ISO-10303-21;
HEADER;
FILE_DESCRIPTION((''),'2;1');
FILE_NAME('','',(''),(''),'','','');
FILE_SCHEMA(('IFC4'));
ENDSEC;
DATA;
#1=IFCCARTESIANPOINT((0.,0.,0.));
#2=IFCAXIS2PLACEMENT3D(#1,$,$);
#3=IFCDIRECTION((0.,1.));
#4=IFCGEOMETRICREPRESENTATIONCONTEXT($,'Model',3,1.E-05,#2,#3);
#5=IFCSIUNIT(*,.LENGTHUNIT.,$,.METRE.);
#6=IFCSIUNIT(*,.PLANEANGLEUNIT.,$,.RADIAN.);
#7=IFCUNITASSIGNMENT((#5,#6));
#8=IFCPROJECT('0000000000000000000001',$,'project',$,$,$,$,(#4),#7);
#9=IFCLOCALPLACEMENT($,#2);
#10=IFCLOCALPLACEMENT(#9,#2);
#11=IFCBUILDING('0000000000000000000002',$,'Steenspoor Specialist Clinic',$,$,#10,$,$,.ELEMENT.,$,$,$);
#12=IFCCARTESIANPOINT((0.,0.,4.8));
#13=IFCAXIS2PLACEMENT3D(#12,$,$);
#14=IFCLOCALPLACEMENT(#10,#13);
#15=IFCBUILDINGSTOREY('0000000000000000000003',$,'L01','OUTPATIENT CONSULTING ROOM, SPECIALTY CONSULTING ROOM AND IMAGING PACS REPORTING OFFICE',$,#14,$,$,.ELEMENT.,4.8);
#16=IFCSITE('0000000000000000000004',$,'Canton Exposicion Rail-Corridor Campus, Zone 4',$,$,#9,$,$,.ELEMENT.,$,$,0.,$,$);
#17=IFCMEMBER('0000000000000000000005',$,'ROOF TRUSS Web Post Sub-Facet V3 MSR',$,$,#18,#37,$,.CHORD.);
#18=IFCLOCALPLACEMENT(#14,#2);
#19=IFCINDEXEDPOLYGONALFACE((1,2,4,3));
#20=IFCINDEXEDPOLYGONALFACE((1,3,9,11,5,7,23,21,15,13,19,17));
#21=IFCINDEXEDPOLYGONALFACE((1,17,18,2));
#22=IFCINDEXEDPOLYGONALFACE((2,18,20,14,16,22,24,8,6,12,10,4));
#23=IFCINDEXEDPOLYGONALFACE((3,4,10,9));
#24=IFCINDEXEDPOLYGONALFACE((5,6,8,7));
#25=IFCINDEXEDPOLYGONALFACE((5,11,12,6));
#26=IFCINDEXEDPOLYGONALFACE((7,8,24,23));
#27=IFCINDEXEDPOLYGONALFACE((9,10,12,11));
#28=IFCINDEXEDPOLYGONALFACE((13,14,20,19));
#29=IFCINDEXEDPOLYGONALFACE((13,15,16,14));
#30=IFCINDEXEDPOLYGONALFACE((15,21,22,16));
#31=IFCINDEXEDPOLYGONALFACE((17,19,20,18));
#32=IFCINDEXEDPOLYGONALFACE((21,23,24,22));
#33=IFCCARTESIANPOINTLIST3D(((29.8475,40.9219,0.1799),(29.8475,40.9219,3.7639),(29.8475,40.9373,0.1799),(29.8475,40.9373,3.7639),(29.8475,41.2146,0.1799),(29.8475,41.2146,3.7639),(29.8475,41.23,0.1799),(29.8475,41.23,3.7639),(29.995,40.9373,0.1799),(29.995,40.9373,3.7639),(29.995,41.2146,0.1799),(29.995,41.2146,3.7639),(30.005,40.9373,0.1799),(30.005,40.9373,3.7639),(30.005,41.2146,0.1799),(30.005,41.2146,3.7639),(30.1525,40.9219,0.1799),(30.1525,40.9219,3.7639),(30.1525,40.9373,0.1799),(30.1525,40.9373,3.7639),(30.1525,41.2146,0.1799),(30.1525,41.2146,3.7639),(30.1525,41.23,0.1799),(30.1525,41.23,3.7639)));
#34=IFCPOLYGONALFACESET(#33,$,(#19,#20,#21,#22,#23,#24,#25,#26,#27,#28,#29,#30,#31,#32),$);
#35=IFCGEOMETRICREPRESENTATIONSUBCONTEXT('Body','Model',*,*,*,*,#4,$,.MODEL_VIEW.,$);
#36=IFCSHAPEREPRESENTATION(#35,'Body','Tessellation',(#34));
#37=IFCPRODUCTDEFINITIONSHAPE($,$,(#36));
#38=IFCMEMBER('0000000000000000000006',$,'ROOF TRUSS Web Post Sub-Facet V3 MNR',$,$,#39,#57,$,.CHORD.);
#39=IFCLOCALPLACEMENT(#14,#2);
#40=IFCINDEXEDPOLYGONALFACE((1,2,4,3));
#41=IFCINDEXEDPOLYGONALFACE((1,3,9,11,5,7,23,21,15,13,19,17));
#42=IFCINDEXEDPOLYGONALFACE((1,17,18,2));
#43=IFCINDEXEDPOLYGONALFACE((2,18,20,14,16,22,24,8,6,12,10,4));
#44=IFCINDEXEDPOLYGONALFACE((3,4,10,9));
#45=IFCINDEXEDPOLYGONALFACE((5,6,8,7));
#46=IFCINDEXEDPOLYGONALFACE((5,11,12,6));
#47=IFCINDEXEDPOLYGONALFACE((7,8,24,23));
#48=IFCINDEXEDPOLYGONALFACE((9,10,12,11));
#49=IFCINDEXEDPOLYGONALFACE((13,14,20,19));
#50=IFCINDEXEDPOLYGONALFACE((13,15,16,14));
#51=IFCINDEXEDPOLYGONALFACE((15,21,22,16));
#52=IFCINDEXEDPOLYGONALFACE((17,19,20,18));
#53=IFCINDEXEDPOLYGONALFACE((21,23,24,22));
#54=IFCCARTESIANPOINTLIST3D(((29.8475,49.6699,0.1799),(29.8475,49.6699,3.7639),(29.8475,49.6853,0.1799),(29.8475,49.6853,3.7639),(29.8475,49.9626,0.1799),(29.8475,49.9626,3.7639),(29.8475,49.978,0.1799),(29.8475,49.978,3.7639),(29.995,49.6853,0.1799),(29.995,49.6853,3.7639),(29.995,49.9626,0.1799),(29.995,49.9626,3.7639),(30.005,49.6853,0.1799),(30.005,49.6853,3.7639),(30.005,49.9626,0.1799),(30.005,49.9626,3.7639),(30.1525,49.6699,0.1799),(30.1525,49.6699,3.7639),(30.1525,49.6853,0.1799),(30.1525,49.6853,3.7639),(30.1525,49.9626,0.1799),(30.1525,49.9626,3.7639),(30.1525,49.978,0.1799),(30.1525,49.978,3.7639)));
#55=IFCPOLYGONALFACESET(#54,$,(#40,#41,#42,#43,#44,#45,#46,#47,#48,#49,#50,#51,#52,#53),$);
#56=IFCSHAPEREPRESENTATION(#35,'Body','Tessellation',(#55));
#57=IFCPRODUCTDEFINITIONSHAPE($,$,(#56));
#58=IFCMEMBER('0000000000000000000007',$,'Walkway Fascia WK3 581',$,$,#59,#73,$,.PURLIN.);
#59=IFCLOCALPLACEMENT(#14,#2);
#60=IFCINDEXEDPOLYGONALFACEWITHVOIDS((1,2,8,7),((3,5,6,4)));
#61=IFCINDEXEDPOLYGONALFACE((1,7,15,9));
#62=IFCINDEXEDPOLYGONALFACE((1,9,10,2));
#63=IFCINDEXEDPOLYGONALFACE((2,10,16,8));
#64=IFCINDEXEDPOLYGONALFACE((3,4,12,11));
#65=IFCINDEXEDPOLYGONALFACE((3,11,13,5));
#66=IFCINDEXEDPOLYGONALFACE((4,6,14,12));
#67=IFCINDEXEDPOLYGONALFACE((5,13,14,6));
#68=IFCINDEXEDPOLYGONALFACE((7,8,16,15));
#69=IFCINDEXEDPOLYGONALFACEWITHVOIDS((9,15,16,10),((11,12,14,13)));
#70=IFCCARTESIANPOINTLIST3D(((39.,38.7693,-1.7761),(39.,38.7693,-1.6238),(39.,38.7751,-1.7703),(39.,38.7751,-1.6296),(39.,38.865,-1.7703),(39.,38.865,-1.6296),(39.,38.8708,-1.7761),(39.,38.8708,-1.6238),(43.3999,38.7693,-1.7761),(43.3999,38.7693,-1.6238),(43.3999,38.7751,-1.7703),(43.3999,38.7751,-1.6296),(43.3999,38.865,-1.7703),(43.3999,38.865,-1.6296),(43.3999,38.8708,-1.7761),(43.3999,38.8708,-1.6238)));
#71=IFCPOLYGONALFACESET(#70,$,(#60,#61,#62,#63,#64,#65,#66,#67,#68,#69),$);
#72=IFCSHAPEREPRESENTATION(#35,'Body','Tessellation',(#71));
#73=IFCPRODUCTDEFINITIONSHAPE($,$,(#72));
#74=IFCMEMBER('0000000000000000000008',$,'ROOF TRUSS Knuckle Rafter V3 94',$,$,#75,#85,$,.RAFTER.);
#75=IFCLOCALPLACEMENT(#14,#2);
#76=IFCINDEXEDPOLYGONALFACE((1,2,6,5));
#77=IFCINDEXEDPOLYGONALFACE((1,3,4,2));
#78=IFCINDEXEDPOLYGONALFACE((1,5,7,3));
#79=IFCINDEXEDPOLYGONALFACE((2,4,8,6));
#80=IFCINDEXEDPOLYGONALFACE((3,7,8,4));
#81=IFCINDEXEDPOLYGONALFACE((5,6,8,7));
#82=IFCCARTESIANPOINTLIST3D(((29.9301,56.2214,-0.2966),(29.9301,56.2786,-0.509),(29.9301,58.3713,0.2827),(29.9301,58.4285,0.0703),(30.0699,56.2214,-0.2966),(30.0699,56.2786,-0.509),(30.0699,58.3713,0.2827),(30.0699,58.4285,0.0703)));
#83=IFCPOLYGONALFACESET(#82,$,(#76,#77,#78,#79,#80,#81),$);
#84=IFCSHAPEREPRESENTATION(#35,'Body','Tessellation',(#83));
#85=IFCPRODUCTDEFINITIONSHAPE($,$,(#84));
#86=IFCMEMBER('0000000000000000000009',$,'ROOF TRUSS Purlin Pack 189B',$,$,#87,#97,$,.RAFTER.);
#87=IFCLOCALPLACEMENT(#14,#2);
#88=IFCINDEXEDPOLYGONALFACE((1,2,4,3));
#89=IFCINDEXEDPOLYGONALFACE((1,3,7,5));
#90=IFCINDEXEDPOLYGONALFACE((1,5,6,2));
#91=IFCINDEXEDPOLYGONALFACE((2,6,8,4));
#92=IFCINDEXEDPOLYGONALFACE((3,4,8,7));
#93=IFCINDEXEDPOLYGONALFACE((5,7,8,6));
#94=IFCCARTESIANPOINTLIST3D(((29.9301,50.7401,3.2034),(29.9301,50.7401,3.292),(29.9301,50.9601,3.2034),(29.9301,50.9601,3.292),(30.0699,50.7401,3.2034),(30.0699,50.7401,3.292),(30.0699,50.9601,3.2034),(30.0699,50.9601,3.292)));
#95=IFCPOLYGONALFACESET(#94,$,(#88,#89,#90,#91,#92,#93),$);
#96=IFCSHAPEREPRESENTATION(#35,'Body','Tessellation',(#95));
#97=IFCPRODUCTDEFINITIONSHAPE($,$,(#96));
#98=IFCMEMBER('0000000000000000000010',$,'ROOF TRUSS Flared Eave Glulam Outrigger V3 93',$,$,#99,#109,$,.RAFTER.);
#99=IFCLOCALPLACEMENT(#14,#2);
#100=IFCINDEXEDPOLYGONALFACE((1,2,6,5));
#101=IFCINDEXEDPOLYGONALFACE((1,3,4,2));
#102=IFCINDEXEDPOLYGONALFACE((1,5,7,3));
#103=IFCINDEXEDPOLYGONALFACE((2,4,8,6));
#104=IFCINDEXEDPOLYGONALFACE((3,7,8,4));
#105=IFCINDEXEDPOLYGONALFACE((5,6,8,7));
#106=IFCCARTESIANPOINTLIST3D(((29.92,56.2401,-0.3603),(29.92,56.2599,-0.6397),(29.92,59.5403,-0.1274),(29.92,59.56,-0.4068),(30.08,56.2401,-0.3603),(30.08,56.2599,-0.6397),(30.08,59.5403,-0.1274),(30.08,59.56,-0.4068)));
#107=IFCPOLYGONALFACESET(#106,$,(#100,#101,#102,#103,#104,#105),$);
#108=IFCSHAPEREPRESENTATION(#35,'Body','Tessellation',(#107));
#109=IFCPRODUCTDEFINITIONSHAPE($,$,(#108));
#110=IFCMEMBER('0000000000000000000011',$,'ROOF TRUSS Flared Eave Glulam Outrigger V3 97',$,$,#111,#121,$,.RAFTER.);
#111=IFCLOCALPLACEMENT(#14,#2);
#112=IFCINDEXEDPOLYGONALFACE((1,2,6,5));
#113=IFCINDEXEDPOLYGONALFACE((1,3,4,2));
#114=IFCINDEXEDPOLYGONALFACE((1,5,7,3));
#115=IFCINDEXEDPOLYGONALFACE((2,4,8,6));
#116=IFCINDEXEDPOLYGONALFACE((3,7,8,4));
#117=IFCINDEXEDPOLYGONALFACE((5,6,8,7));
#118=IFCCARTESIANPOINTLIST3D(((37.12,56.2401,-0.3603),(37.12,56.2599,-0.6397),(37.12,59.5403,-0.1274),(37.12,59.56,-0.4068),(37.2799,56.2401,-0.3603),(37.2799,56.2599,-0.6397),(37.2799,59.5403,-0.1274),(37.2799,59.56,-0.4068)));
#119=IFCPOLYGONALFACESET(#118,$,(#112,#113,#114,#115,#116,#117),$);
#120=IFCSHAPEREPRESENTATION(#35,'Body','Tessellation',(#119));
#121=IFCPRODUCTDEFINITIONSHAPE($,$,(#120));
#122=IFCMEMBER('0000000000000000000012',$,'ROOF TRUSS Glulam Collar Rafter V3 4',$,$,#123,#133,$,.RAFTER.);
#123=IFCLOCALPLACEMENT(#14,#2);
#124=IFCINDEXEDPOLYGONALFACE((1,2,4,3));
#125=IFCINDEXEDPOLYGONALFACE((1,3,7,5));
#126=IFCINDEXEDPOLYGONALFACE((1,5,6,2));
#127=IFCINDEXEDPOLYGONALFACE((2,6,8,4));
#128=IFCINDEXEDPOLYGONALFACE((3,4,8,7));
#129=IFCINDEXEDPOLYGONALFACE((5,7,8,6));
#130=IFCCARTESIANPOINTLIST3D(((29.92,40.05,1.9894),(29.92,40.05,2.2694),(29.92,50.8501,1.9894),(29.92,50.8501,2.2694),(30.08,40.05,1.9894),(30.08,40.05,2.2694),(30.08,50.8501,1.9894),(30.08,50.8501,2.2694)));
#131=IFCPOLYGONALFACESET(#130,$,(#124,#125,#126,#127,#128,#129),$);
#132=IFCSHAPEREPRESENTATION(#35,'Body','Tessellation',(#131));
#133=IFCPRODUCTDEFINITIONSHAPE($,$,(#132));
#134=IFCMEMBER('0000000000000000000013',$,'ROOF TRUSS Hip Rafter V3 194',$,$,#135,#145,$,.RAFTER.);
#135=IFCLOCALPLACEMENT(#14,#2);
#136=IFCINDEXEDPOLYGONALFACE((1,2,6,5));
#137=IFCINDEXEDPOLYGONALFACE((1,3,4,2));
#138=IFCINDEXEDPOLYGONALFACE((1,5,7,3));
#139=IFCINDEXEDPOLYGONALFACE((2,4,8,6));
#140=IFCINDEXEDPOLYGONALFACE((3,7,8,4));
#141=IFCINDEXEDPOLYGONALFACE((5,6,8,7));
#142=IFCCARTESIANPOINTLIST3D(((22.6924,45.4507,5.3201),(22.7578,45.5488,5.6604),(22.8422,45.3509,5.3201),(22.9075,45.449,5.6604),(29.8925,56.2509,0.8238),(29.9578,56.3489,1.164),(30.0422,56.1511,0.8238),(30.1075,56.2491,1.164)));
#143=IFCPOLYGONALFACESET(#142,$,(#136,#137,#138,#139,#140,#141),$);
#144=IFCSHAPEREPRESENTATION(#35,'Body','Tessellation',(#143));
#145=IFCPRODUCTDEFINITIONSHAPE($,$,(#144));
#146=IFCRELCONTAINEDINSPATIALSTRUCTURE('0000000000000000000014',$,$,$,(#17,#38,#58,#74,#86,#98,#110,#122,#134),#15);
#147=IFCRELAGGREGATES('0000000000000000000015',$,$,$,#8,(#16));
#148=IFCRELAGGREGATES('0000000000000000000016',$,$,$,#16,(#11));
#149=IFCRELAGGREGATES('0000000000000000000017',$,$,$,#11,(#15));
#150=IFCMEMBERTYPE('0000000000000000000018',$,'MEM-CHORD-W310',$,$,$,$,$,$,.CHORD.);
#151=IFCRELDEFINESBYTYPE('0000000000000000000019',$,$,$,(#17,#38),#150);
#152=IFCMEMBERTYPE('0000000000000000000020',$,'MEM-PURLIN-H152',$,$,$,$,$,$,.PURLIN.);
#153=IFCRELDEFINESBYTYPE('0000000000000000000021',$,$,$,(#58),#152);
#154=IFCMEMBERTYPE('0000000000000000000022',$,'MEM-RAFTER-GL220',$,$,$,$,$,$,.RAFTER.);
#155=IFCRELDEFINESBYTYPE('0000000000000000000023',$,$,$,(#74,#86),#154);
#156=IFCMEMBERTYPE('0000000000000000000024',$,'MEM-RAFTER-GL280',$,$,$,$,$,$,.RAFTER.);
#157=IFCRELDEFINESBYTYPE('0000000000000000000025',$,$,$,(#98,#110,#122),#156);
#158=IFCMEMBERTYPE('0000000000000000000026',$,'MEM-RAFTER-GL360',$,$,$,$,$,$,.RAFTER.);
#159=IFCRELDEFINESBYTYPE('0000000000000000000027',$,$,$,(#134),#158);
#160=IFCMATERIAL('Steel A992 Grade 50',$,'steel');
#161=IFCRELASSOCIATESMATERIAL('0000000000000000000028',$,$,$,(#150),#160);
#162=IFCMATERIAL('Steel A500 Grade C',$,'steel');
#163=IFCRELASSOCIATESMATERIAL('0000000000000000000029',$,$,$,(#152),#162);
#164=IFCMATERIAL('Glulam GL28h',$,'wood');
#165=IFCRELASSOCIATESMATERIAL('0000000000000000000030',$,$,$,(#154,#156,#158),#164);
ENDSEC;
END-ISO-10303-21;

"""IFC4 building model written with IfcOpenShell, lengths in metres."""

from ifc_helpers import new_model, si_unit, direction, frame, origin, origin_2d, place, context, subcontext, project, spatial, rectangle, hollow_rectangle, i_section, extrude, material, material_profile, profile_set, type_object, element, save


model = new_model("IFC4")

# Units and contexts
model_context = context("Model", 3, precision=1e-05, world=origin(), true_north=direction((0.0, 1.0)))
body_context = subcontext(model_context, "Body", "Model", "MODEL_VIEW")
ifc_project = project(units=[si_unit("LENGTHUNIT", "METRE"), si_unit("PLANEANGLEUNIT", "RADIAN")], contexts=[model_context])

# Site, building, storey
site_placement = place(None, origin())
site = spatial("IfcSite", under=ifc_project, at=site_placement, Name="Canton Exposicion Rail-Corridor Campus, Zone 4", CompositionType="ELEMENT", RefElevation=0.0)
building_placement = place(site_placement, origin())
building = spatial("IfcBuilding", under=site, at=building_placement, Name="Steenspoor Specialist Clinic", CompositionType="ELEMENT")
storey_placement = place(building_placement, frame((0.0, 0.0, 4.8)))
storey = spatial("IfcBuildingStorey", under=building, at=storey_placement, Name="L01", Description="OUTPATIENT CONSULTING ROOM, SPECIALTY CONSULTING ROOM AND IMAGING PACS REPORTING OFFICE", CompositionType="ELEMENT", Elevation=4.8)

# Members
ifc_material_1 = material(Name="Steel A500 Grade C", Category="steel")
ifc_material_2 = material(Name="Steel A992 Grade 50", Category="steel")
ifc_material_profile_1 = material_profile(ifc_material_2, i_section(OverallWidth=0.3049, OverallDepth=0.3081, WebThickness=0.01, FlangeThickness=0.0154, at=origin_2d()), Name="W310X97")
ifc_profile_set_1 = profile_set([ifc_material_profile_1], Name="Steel A992 Grade 50")
member_type_1 = type_object("IfcMemberType", Name="MEM-CHORD-W310", PredefinedType="CHORD", material=ifc_profile_set_1)
for number, where, z_axis, x_axis, name in (
    (1, (30.0, 41.0759, 0.1799), (0.0, 0.0, 1.0), (1.0, 0.0, 0.0), "ROOF TRUSS Web Post Sub-Facet V3 MSR"),
    (2, (30.0, 49.824, 0.1799), (0.0, 0.0, 1.0), (1.0, 0.0, 0.0), "ROOF TRUSS Web Post Sub-Facet V3 MNR"),
):
    element("IfcMember", number, at=place(storey_placement, frame(where, z_axis=z_axis, x_axis=x_axis)), inside=storey, type_object=member_type_1, Name=name, PredefinedType="CHORD", context=body_context, shape_type="SweptSolid", body=[
        extrude(i_section(OverallWidth=0.3049, OverallDepth=0.3081, WebThickness=0.01, FlangeThickness=0.0154, at=origin_2d()), origin(), (0.0, 0.0, 1.0), 3.584),
    ])
ifc_material_profile_2 = material_profile(ifc_material_1, hollow_rectangle(XDim=0.1016, YDim=0.1523, WallThickness=0.0059, at=origin_2d()), Name="HSS152X102X6.4")
ifc_profile_set_2 = profile_set([ifc_material_profile_2], Name="Steel A500 Grade C")
member_type_2 = type_object("IfcMemberType", Name="MEM-PURLIN-H152", PredefinedType="PURLIN", material=ifc_profile_set_2)
member_1_placement = place(storey_placement, frame((39.0, 38.8201, -1.7), z_axis=(1.0, 0.0, 0.0), x_axis=(0.0, 1.0, 0.0)))
element("IfcMember", 3, at=member_1_placement, inside=storey, type_object=member_type_2, Name="Walkway Fascia WK3 581", PredefinedType="PURLIN", context=body_context, shape_type="SweptSolid", body=[
    extrude(hollow_rectangle(XDim=0.1016, YDim=0.1523, WallThickness=0.0059, at=origin_2d()), origin(), (0.0, 0.0, 1.0), 4.3999),
])
ifc_material_3 = material(Name="Glulam GL28h", Category="wood")
ifc_material_profile_3 = material_profile(ifc_material_3, rectangle(XDim=0.1399, YDim=0.22, at=origin_2d()), Name="GL28H-140X220")
ifc_profile_set_3 = profile_set([ifc_material_profile_3], Name="Glulam GL28h")
member_type_3 = type_object("IfcMemberType", Name="MEM-RAFTER-GL220", PredefinedType="RAFTER", material=ifc_profile_set_3)
member_2_placement = place(storey_placement, frame((30.0, 56.25, -0.4028), z_axis=(0.0, 0.965556, 0.260194), x_axis=(-1.0, 0.0, 0.0)))
element("IfcMember", 4, at=member_2_placement, inside=storey, type_object=member_type_3, Name="ROOF TRUSS Knuckle Rafter V3 94", PredefinedType="RAFTER", context=body_context, shape_type="SweptSolid", body=[
    extrude(rectangle(XDim=0.1399, YDim=0.22, at=origin_2d()), origin(), (0.0, 0.0, 1.0), 2.2266),
])
member_3_placement = place(storey_placement, frame((30.0, 50.8501, 3.2034), z_axis=(0.0, 0.0, 1.0), x_axis=(1.0, 0.0, 0.0)))
element("IfcMember", 5, at=member_3_placement, inside=storey, type_object=member_type_3, Name="ROOF TRUSS Purlin Pack 189B", PredefinedType="RAFTER", context=body_context, shape_type="SweptSolid", body=[
    extrude(rectangle(XDim=0.1399, YDim=0.22, at=origin_2d()), origin(), (0.0, 0.0, 1.0), 0.0886),
])
ifc_material_profile_4 = material_profile(ifc_material_3, rectangle(XDim=0.1599, YDim=0.28, at=origin_2d()), Name="GL28H-160X280")
ifc_profile_set_4 = profile_set([ifc_material_profile_4], Name="Glulam GL28h")
member_type_4 = type_object("IfcMemberType", Name="MEM-RAFTER-GL280", PredefinedType="RAFTER", material=ifc_profile_set_4)
for number, where, z_axis, x_axis, name in (
    (6, (30.0, 56.25, -0.5), (0.0, 0.997519, 0.070403), (-1.0, 0.0, 0.0), "ROOF TRUSS Flared Eave Glulam Outrigger V3 93"),
    (7, (37.2, 56.25, -0.5), (0.0, 0.997519, 0.070403), (-1.0, 0.0, 0.0), "ROOF TRUSS Flared Eave Glulam Outrigger V3 97"),
):
    element("IfcMember", number, at=place(storey_placement, frame(where, z_axis=z_axis, x_axis=x_axis)), inside=storey, type_object=member_type_4, Name=name, PredefinedType="RAFTER", context=body_context, shape_type="SweptSolid", body=[
        extrude(rectangle(XDim=0.1599, YDim=0.28, at=origin_2d()), origin(), (0.0, 0.0, 1.0), 3.3083),
    ])
member_4_placement = place(storey_placement, frame((30.0, 40.05, 2.1294), z_axis=(0.0, 1.0, 0.0), x_axis=(-1.0, 0.0, 0.0)))
element("IfcMember", 8, at=member_4_placement, inside=storey, type_object=member_type_4, Name="ROOF TRUSS Glulam Collar Rafter V3 4", PredefinedType="RAFTER", context=body_context, shape_type="SweptSolid", body=[
    extrude(rectangle(XDim=0.1599, YDim=0.28, at=origin_2d()), origin(), (0.0, 0.0, 1.0), 10.8),
])
ifc_material_profile_5 = material_profile(ifc_material_3, rectangle(XDim=0.1799, YDim=0.3601, at=origin_2d()), Name="GL28H-180X360")
ifc_profile_set_5 = profile_set([ifc_material_profile_5], Name="Glulam GL28h")
member_type_5 = type_object("IfcMemberType", Name="MEM-RAFTER-GL360", PredefinedType="RAFTER", material=ifc_profile_set_5)
member_5_placement = place(storey_placement, frame((30.0, 56.25, 0.9939), z_axis=(-0.524139, -0.786218, 0.327323), x_axis=(0.832053, -0.554696, 0.0)))
element("IfcMember", 9, at=member_5_placement, inside=storey, type_object=member_type_5, Name="ROOF TRUSS Hip Rafter V3 194", PredefinedType="RAFTER", context=body_context, shape_type="SweptSolid", body=[
    extrude(rectangle(XDim=0.1799, YDim=0.3601, at=origin_2d()), origin(), (0.0, 0.0, 1.0), 13.7368),
])

save(model, "model.ifc")
